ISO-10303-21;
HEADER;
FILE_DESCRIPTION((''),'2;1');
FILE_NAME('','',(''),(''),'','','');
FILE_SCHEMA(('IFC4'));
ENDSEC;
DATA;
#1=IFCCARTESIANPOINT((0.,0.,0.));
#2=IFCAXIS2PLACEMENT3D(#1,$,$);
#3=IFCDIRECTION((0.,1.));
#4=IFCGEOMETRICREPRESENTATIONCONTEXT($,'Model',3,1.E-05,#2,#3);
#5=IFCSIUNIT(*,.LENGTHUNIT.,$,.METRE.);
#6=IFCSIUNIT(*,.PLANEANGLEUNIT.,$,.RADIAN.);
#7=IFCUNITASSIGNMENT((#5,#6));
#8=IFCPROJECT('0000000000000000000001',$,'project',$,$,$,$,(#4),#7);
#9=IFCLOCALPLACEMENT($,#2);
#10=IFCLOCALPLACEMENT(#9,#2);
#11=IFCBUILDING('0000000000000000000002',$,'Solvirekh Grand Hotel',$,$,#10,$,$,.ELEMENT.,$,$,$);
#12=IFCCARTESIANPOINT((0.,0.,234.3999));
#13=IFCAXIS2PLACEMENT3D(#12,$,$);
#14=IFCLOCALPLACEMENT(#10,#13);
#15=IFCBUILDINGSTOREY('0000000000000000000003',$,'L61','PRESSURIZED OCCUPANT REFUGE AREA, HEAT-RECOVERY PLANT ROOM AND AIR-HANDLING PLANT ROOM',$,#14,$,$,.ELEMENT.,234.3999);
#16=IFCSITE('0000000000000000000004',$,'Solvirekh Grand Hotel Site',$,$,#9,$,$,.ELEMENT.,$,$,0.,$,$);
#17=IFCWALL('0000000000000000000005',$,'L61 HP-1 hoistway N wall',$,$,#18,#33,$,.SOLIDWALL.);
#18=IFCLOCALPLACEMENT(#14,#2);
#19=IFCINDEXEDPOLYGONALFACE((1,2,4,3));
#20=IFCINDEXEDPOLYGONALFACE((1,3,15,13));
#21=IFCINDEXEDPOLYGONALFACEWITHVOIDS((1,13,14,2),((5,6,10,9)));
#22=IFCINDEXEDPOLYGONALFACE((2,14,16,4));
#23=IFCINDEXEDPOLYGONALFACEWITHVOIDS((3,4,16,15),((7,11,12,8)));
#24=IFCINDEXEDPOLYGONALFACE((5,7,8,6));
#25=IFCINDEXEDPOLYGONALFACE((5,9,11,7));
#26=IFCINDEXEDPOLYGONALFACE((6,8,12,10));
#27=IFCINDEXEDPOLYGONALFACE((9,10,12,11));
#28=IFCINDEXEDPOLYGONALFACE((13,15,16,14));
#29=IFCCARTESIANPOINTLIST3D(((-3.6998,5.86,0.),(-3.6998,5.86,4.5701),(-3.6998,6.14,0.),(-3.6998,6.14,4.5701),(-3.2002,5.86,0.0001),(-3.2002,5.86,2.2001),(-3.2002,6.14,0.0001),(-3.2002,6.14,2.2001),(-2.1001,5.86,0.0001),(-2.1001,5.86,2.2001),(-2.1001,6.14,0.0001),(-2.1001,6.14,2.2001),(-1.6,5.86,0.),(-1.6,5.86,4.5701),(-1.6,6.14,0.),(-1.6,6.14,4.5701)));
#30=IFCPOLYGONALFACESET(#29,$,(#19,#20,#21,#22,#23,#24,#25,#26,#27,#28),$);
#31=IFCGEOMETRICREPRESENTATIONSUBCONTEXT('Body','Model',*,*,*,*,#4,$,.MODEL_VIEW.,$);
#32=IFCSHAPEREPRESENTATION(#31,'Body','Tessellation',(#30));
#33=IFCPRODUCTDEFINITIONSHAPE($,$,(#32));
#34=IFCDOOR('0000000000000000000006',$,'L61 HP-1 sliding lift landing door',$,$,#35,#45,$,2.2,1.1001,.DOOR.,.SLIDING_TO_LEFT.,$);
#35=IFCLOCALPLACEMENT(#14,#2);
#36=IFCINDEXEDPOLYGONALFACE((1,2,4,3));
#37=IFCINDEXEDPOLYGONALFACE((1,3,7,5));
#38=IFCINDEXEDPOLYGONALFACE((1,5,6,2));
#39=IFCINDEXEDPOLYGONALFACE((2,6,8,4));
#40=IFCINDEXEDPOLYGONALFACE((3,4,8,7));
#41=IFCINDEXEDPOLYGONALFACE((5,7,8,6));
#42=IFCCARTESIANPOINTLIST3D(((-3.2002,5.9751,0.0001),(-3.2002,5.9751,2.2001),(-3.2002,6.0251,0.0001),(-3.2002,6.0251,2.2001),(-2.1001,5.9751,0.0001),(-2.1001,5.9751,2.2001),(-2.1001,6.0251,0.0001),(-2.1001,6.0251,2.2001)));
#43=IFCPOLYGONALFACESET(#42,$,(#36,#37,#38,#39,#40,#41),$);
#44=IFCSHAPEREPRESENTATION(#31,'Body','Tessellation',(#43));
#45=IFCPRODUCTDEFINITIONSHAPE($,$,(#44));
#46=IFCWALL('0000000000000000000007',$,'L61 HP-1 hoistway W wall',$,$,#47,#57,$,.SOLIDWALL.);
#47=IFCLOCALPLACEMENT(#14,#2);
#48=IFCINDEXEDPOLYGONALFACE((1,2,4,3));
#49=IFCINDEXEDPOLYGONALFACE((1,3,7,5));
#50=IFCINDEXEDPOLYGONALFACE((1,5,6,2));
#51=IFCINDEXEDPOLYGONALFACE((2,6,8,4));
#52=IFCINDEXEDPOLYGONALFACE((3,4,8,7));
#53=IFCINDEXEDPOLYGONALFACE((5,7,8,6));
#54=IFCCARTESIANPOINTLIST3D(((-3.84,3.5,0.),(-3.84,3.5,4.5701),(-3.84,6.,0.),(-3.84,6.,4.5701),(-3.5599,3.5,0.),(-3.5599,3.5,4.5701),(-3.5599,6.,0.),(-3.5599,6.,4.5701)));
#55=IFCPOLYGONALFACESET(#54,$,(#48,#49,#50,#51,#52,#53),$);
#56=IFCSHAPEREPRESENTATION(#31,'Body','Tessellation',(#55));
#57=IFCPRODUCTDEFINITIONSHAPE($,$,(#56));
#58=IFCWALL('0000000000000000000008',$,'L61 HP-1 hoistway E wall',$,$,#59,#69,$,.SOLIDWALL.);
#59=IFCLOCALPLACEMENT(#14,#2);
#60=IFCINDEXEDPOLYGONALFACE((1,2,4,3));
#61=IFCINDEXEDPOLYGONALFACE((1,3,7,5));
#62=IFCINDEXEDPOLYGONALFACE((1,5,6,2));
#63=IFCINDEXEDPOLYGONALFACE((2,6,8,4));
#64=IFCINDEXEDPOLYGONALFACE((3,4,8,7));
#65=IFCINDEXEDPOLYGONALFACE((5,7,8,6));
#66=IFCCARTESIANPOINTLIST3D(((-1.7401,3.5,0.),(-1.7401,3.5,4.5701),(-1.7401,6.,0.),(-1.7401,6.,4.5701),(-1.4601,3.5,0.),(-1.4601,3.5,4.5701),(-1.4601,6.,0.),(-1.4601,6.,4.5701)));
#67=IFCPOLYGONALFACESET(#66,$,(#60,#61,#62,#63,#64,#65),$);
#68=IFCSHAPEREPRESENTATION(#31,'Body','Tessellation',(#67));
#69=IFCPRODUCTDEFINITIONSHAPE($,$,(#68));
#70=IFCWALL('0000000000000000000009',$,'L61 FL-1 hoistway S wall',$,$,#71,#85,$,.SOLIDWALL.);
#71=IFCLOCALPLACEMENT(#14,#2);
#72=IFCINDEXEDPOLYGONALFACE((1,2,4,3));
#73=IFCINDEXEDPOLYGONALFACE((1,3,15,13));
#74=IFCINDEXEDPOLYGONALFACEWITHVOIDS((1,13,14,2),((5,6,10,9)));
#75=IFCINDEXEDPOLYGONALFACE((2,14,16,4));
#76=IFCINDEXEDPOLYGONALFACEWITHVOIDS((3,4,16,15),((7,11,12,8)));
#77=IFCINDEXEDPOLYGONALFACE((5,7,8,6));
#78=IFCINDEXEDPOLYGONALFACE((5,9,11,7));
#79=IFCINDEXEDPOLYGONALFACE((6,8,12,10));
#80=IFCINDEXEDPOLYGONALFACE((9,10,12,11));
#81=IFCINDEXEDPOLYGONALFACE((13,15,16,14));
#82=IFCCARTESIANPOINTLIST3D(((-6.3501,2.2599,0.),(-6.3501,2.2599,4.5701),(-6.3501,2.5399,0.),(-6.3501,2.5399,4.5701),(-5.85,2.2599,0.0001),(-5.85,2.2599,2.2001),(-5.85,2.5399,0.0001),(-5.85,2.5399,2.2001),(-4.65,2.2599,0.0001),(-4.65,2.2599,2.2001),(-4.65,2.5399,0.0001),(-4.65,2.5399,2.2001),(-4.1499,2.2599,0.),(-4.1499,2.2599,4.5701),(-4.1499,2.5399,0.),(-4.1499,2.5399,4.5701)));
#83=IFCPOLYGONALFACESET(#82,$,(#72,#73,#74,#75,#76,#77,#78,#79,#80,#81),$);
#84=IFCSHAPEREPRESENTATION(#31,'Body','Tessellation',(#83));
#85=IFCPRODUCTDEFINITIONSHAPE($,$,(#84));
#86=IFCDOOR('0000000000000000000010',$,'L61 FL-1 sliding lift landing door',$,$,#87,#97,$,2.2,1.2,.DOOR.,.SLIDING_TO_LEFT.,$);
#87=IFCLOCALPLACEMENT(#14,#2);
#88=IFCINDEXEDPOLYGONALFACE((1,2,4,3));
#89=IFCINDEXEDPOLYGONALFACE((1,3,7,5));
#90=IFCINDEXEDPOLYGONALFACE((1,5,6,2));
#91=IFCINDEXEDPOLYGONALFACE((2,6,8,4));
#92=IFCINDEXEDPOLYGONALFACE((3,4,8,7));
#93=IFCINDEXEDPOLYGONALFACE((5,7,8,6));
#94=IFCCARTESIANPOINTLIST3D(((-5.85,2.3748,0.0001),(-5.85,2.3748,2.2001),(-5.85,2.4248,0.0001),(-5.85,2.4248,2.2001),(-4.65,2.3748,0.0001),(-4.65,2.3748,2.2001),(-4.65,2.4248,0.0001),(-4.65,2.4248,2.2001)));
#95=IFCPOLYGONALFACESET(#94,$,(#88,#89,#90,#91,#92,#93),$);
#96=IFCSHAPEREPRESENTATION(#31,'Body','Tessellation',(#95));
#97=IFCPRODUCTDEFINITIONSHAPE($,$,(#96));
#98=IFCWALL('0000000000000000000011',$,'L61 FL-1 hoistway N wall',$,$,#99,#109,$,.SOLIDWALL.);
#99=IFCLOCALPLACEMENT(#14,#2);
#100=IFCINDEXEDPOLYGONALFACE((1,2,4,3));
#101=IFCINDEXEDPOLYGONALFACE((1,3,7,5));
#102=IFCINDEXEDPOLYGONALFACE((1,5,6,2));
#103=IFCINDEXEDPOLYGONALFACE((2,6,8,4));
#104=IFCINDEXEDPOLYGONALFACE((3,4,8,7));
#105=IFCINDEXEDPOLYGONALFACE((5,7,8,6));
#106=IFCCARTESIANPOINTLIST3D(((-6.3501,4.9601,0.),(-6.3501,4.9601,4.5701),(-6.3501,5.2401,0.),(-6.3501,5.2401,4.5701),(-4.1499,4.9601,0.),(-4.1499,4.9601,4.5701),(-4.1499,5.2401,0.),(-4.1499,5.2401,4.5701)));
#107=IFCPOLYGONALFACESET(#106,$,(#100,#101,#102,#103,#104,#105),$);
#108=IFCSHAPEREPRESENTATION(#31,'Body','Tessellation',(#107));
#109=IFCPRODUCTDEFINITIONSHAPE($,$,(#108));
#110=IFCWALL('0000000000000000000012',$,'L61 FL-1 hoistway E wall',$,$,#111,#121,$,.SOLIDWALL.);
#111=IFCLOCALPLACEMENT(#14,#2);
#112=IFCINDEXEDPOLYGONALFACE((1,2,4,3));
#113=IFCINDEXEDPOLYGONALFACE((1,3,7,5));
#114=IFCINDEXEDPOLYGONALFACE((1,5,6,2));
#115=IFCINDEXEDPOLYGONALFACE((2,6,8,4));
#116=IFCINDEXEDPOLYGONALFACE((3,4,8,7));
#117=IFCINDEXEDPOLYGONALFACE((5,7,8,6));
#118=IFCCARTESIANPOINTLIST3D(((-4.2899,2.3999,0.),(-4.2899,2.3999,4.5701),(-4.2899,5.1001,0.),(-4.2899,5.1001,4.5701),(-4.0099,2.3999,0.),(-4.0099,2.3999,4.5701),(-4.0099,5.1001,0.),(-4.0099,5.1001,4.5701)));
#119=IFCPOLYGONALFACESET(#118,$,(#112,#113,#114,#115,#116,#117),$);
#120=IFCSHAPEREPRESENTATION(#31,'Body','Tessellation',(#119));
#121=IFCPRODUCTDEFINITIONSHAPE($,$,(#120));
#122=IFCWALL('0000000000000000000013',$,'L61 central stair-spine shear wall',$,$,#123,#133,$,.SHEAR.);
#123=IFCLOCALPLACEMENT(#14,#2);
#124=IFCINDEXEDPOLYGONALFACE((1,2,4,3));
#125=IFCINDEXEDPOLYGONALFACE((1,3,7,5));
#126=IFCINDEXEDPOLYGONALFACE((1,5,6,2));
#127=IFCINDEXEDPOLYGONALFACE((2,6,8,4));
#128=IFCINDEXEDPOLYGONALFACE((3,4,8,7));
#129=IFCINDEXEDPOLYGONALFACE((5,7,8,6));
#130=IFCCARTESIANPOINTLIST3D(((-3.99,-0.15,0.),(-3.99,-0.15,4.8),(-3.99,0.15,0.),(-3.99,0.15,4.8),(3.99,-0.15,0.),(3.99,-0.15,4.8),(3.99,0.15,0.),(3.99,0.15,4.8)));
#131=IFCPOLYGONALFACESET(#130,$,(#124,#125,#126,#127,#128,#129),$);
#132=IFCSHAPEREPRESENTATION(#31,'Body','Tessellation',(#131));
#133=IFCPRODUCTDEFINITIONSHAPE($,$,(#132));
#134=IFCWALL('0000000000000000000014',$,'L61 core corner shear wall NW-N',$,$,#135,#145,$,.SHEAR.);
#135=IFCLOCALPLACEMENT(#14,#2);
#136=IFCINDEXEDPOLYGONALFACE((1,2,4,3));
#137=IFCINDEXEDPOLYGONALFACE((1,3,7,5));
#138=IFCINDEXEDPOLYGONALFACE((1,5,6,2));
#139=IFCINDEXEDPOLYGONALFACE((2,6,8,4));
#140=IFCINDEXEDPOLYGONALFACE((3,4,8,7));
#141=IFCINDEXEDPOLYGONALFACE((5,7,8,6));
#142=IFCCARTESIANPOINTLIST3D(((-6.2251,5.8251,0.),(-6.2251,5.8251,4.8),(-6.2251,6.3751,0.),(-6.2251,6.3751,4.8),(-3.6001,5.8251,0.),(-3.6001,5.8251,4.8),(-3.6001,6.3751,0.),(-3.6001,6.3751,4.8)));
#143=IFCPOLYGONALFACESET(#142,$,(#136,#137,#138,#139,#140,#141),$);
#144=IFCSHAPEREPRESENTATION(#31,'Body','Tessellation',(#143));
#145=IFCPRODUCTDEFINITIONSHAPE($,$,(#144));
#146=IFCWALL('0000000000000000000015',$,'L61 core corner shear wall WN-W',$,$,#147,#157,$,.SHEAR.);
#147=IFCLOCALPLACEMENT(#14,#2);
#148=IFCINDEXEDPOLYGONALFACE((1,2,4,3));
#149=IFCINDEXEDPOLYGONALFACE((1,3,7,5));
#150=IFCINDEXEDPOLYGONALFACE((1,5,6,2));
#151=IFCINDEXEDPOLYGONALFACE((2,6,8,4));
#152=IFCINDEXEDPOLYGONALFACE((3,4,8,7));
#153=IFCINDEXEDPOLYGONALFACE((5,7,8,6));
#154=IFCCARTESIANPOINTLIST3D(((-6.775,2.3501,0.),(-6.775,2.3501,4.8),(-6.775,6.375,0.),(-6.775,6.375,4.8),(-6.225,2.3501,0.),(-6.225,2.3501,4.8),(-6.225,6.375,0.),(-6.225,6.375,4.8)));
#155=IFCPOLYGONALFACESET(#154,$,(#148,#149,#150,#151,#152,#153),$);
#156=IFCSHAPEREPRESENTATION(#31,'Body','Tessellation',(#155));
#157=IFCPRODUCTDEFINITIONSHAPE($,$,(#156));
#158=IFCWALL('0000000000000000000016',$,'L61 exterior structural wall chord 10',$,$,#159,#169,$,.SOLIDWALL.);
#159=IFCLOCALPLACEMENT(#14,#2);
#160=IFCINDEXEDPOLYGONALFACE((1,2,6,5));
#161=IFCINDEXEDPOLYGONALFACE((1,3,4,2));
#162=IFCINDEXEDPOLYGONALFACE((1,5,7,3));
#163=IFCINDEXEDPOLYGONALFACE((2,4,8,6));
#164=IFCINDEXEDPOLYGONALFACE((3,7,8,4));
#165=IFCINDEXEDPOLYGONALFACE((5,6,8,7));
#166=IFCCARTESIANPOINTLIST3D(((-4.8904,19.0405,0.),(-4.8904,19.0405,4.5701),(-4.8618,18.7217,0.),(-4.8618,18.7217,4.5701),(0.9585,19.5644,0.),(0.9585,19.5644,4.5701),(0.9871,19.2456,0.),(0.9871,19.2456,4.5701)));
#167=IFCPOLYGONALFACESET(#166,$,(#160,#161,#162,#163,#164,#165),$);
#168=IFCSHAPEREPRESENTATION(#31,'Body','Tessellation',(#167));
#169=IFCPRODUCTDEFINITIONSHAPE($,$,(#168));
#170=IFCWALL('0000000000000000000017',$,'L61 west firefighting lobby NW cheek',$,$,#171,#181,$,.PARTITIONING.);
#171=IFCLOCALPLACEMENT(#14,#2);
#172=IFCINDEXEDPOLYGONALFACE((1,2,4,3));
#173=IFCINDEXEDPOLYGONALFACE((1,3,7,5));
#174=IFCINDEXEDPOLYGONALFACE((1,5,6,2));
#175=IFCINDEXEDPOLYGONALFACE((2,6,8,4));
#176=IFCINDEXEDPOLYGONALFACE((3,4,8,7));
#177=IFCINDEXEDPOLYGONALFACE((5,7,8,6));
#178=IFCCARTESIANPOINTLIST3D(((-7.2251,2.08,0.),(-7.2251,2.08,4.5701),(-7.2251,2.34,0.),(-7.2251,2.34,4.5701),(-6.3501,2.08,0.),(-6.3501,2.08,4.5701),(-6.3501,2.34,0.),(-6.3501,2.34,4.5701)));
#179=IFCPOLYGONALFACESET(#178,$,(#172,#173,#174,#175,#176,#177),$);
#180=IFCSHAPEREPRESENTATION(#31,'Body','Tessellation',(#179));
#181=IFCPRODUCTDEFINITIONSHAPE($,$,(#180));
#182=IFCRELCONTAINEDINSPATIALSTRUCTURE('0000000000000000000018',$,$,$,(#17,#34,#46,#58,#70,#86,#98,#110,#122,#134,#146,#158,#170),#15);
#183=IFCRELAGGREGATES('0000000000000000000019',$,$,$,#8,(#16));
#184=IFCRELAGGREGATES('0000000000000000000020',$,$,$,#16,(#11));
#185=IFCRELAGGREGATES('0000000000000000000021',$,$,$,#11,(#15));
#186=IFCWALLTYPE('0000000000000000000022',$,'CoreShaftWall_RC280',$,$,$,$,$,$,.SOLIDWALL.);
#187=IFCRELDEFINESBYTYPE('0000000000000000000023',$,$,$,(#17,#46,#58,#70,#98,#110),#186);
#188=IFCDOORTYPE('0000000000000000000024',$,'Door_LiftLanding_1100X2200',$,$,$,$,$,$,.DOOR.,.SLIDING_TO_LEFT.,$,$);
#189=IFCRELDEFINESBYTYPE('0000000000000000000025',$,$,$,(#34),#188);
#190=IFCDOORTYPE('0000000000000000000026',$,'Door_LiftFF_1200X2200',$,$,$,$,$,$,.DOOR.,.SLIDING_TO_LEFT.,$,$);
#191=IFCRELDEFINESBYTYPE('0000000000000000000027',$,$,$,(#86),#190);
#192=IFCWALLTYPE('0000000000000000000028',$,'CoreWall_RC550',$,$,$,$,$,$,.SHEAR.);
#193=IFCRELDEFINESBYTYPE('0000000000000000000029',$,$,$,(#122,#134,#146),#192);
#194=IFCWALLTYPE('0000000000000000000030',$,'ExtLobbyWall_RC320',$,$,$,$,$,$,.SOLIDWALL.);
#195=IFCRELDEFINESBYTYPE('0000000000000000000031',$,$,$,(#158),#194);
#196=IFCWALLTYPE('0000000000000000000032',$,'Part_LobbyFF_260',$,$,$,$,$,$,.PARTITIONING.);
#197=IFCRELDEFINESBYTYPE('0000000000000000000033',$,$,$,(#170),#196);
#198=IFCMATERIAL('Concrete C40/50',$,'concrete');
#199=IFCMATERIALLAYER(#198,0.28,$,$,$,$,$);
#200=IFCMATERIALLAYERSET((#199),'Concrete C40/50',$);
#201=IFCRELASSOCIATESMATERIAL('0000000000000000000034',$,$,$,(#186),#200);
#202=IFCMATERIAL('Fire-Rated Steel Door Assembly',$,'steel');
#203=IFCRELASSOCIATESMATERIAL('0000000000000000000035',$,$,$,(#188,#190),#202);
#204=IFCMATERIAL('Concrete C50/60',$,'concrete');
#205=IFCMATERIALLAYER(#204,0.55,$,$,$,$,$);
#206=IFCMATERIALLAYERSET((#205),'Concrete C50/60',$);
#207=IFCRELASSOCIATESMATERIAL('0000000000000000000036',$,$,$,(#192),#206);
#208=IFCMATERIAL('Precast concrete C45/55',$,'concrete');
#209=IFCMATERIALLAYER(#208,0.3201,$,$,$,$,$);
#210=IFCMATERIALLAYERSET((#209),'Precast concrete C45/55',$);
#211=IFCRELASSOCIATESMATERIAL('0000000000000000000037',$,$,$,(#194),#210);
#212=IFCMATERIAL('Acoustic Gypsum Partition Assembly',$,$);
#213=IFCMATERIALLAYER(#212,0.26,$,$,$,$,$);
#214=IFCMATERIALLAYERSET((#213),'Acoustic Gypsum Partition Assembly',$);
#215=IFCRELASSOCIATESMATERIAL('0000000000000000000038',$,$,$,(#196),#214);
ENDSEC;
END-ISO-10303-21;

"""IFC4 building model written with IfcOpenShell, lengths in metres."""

from ifc_helpers import new_model, si_unit, direction, frame, frame_2d, origin, place, context, subcontext, project, spatial, rectangle, extrude, material, layer, layer_set, type_object, element, fill, save


model = new_model("IFC4")

# Units and contexts
model_context = context("Model", 3, precision=1e-05, world=origin(), true_north=direction((0.0, 1.0)))
body_context = subcontext(model_context, "Body", "Model", "MODEL_VIEW")
ifc_project = project(units=[si_unit("LENGTHUNIT", "METRE"), si_unit("PLANEANGLEUNIT", "RADIAN")], contexts=[model_context])

# Site, building, storey
site_placement = place(None, origin())
site = spatial("IfcSite", under=ifc_project, at=site_placement, Name="Solvirekh Grand Hotel Site", CompositionType="ELEMENT", RefElevation=0.0)
building_placement = place(site_placement, origin())
building = spatial("IfcBuilding", under=site, at=building_placement, Name="Solvirekh Grand Hotel", CompositionType="ELEMENT")
storey_placement = place(building_placement, frame((0.0, 0.0, 234.3999)))
storey = spatial("IfcBuildingStorey", under=building, at=storey_placement, Name="L61", Description="PRESSURIZED OCCUPANT REFUGE AREA, HEAT-RECOVERY PLANT ROOM AND AIR-HANDLING PLANT ROOM", CompositionType="ELEMENT", Elevation=234.3999)

# Shared definitions
ifc_material_1 = material(Name="Concrete C50/60", Category="concrete")

# Wall, opening, door
ifc_material_2 = material(Name="Concrete C40/50", Category="concrete")
ifc_layer_1 = layer(ifc_material_2, 0.28)
ifc_layer_set_1 = layer_set([ifc_layer_1], Name="Concrete C40/50")
wall_type_1 = type_object("IfcWallType", Name="CoreShaftWall_RC280", PredefinedType="SOLIDWALL", material=ifc_layer_set_1)
wall_1_placement = place(storey_placement, frame((-1.6001, 6.0, 0.0), z_axis=(0.0, 0.0, 1.0), x_axis=(-1.0, 0.0, 0.0)))
wall_1 = element("IfcWall", 1, at=wall_1_placement, inside=storey, type_object=wall_type_1, Name="L61 HP-1 hoistway N wall", PredefinedType="SOLIDWALL", context=body_context, shape_type="SweptSolid", body=[
    extrude(rectangle(XDim=2.0999, YDim=0.28, at=frame_2d((1.0498, 0.0))), origin(), (0.0, 0.0, 1.0), 4.5701),
])
opening_1_placement = place(wall_1_placement, frame((0.5, 0.0, 0.0)))
opening_1 = element("IfcOpeningElement", 2, at=opening_1_placement, cuts=wall_1, PredefinedType="OPENING", context=body_context, shape_type="SweptSolid", body=[
    extrude(rectangle(XDim=1.1001, YDim=2.2, at=frame_2d((0.55, 1.1001))), frame((0.0, 0.1499, 0.0), z_axis=(0.0, -1.0, 0.0), x_axis=(1.0, 0.0, 0.0)), (0.0, 0.0, 1.0), 0.3),
])
ifc_material_3 = material(Name="Fire-Rated Steel Door Assembly", Category="steel")
door_type_1 = type_object("IfcDoorType", Name="Door_LiftLanding_1100X2200", OperationType="SLIDING_TO_LEFT", PredefinedType="DOOR", material=ifc_material_3)
door_1_placement = place(opening_1_placement, origin())
door_1 = element("IfcDoor", 3, at=door_1_placement, inside=storey, type_object=door_type_1, Name="L61 HP-1 sliding lift landing door", OperationType="SLIDING_TO_LEFT", OverallHeight=2.2, OverallWidth=1.1001, PredefinedType="DOOR", context=body_context, shape_type="SweptSolid", body=[
    extrude(rectangle(XDim=1.1001, YDim=2.2, at=frame_2d((0.55, 1.1001))), frame((0.0, 0.0249, 0.0), z_axis=(0.0, -1.0, 0.0), x_axis=(1.0, 0.0, 0.0)), (0.0, 0.0, 1.0), 0.05),
])
fill(opening_1, door_1)

# Walls
for number, where, z_axis, x_axis, name in (
    (4, (-3.7, 6.0, 0.0), (0.0, 0.0, 1.0), (0.0, -1.0, 0.0), "L61 HP-1 hoistway W wall"),
    (5, (-1.6001, 3.5, 0.0), (0.0, 0.0, 1.0), (0.0, 1.0, 0.0), "L61 HP-1 hoistway E wall"),
):
    element("IfcWall", number, at=place(storey_placement, frame(where, z_axis=z_axis, x_axis=x_axis)), inside=storey, type_object=wall_type_1, Name=name, PredefinedType="SOLIDWALL", context=body_context, shape_type="SweptSolid", body=[
        extrude(rectangle(XDim=2.5, YDim=0.28, at=frame_2d((1.25, 0.0))), origin(), (0.0, 0.0, 1.0), 4.5701),
    ])

# Wall, opening, door
wall_2_placement = place(storey_placement, frame((-6.3501, 2.3999, 0.0), z_axis=(0.0, 0.0, 1.0), x_axis=(1.0, 0.0, 0.0)))
wall_2 = element("IfcWall", 6, at=wall_2_placement, inside=storey, type_object=wall_type_1, Name="L61 FL-1 hoistway S wall", PredefinedType="SOLIDWALL", context=body_context, shape_type="SweptSolid", body=[
    extrude(rectangle(XDim=2.2002, YDim=0.28, at=frame_2d((1.1001, 0.0))), origin(), (0.0, 0.0, 1.0), 4.5701),
])
opening_2_placement = place(wall_2_placement, frame((0.5, 0.0, 0.0)))
opening_2 = element("IfcOpeningElement", 7, at=opening_2_placement, cuts=wall_2, PredefinedType="OPENING", context=body_context, shape_type="SweptSolid", body=[
    extrude(rectangle(XDim=1.2, YDim=2.2, at=frame_2d((0.6001, 1.1001))), frame((0.0, 0.1499, 0.0), z_axis=(0.0, -1.0, 0.0), x_axis=(1.0, 0.0, 0.0)), (0.0, 0.0, 1.0), 0.3),
])
door_type_2 = type_object("IfcDoorType", Name="Door_LiftFF_1200X2200", OperationType="SLIDING_TO_LEFT", PredefinedType="DOOR", material=ifc_material_3)
door_2_placement = place(opening_2_placement, origin())
door_2 = element("IfcDoor", 8, at=door_2_placement, inside=storey, type_object=door_type_2, Name="L61 FL-1 sliding lift landing door", OperationType="SLIDING_TO_LEFT", OverallHeight=2.2, OverallWidth=1.2, PredefinedType="DOOR", context=body_context, shape_type="SweptSolid", body=[
    extrude(rectangle(XDim=1.2, YDim=2.2, at=frame_2d((0.6001, 1.1001))), frame((0.0, 0.0249, 0.0), z_axis=(0.0, -1.0, 0.0), x_axis=(1.0, 0.0, 0.0)), (0.0, 0.0, 1.0), 0.05),
])
fill(opening_2, door_2)

# Walls
wall_3_placement = place(storey_placement, frame((-4.1499, 5.1001, 0.0), z_axis=(0.0, 0.0, 1.0), x_axis=(-1.0, 0.0, 0.0)))
element("IfcWall", 9, at=wall_3_placement, inside=storey, type_object=wall_type_1, Name="L61 FL-1 hoistway N wall", PredefinedType="SOLIDWALL", context=body_context, shape_type="SweptSolid", body=[
    extrude(rectangle(XDim=2.2002, YDim=0.28, at=frame_2d((1.1001, 0.0))), origin(), (0.0, 0.0, 1.0), 4.5701),
])
wall_4_placement = place(storey_placement, frame((-4.1499, 2.3999, 0.0), z_axis=(0.0, 0.0, 1.0), x_axis=(0.0, 1.0, 0.0)))
element("IfcWall", 10, at=wall_4_placement, inside=storey, type_object=wall_type_1, Name="L61 FL-1 hoistway E wall", PredefinedType="SOLIDWALL", context=body_context, shape_type="SweptSolid", body=[
    extrude(rectangle(XDim=2.7002, YDim=0.28, at=frame_2d((1.3501, 0.0))), origin(), (0.0, 0.0, 1.0), 4.5701),
])
ifc_layer_2 = layer(ifc_material_1, 0.55)
ifc_layer_set_2 = layer_set([ifc_layer_2], Name="Concrete C50/60")
wall_type_2 = type_object("IfcWallType", Name="CoreWall_RC550", PredefinedType="SHEAR", material=ifc_layer_set_2)
wall_5_placement = place(storey_placement, frame((-3.99, 0.0, 0.0), z_axis=(0.0, 0.0, 1.0), x_axis=(1.0, 0.0, 0.0)))
element("IfcWall", 11, at=wall_5_placement, inside=storey, type_object=wall_type_2, Name="L61 central stair-spine shear wall", PredefinedType="SHEAR", context=body_context, shape_type="SweptSolid", body=[
    extrude(rectangle(XDim=7.98, YDim=0.3, at=frame_2d((3.99, 0.0))), origin(), (0.0, 0.0, 1.0), 4.8),
])
wall_6_placement = place(storey_placement, frame((-6.2251, 6.1001, 0.0), z_axis=(0.0, 0.0, 1.0), x_axis=(1.0, 0.0, 0.0)))
element("IfcWall", 12, at=wall_6_placement, inside=storey, type_object=wall_type_2, Name="L61 core corner shear wall NW-N", PredefinedType="SHEAR", context=body_context, shape_type="SweptSolid", body=[
    extrude(rectangle(XDim=2.625, YDim=0.55, at=frame_2d((1.3125, 0.0))), origin(), (0.0, 0.0, 1.0), 4.8),
])
wall_7_placement = place(storey_placement, frame((-6.5, 2.3501, 0.0), z_axis=(0.0, 0.0, 1.0), x_axis=(0.0, 1.0, 0.0)))
element("IfcWall", 13, at=wall_7_placement, inside=storey, type_object=wall_type_2, Name="L61 core corner shear wall WN-W", PredefinedType="SHEAR", context=body_context, shape_type="SweptSolid", body=[
    extrude(rectangle(XDim=4.0249, YDim=0.55, at=frame_2d((2.0125, 0.0))), origin(), (0.0, 0.0, 1.0), 4.8),
])
ifc_material_4 = material(Name="Precast concrete C45/55", Category="concrete")
ifc_layer_3 = layer(ifc_material_4, 0.3201)
ifc_layer_set_3 = layer_set([ifc_layer_3], Name="Precast concrete C45/55")
wall_type_3 = type_object("IfcWallType", Name="ExtLobbyWall_RC320", PredefinedType="SOLIDWALL", material=ifc_layer_set_3)
wall_8_placement = place(storey_placement, frame((-4.876, 18.8811, 0.0), z_axis=(0.0, 0.0, 1.0), x_axis=(0.996012, 0.08922, 0.0)))
element("IfcWall", 14, at=wall_8_placement, inside=storey, type_object=wall_type_3, Name="L61 exterior structural wall chord 10", PredefinedType="SOLIDWALL", context=body_context, shape_type="SweptSolid", body=[
    extrude(rectangle(XDim=5.8723, YDim=0.3201, at=frame_2d((2.936, 0.0))), origin(), (0.0, 0.0, 1.0), 4.5701),
])
ifc_material_5 = material(Name="Acoustic Gypsum Partition Assembly")
ifc_layer_4 = layer(ifc_material_5, 0.26)
ifc_layer_set_4 = layer_set([ifc_layer_4], Name="Acoustic Gypsum Partition Assembly")
wall_type_4 = type_object("IfcWallType", Name="Part_LobbyFF_260", PredefinedType="PARTITIONING", material=ifc_layer_set_4)
wall_9_placement = place(storey_placement, frame((-7.2251, 2.21, 0.0), z_axis=(0.0, 0.0, 1.0), x_axis=(1.0, 0.0, 0.0)))
element("IfcWall", 15, at=wall_9_placement, inside=storey, type_object=wall_type_4, Name="L61 west firefighting lobby NW cheek", PredefinedType="PARTITIONING", context=body_context, shape_type="SweptSolid", body=[
    extrude(rectangle(XDim=0.875, YDim=0.26, at=frame_2d((0.4375, 0.0))), origin(), (0.0, 0.0, 1.0), 4.5701),
])

save(model, "model.ifc")
